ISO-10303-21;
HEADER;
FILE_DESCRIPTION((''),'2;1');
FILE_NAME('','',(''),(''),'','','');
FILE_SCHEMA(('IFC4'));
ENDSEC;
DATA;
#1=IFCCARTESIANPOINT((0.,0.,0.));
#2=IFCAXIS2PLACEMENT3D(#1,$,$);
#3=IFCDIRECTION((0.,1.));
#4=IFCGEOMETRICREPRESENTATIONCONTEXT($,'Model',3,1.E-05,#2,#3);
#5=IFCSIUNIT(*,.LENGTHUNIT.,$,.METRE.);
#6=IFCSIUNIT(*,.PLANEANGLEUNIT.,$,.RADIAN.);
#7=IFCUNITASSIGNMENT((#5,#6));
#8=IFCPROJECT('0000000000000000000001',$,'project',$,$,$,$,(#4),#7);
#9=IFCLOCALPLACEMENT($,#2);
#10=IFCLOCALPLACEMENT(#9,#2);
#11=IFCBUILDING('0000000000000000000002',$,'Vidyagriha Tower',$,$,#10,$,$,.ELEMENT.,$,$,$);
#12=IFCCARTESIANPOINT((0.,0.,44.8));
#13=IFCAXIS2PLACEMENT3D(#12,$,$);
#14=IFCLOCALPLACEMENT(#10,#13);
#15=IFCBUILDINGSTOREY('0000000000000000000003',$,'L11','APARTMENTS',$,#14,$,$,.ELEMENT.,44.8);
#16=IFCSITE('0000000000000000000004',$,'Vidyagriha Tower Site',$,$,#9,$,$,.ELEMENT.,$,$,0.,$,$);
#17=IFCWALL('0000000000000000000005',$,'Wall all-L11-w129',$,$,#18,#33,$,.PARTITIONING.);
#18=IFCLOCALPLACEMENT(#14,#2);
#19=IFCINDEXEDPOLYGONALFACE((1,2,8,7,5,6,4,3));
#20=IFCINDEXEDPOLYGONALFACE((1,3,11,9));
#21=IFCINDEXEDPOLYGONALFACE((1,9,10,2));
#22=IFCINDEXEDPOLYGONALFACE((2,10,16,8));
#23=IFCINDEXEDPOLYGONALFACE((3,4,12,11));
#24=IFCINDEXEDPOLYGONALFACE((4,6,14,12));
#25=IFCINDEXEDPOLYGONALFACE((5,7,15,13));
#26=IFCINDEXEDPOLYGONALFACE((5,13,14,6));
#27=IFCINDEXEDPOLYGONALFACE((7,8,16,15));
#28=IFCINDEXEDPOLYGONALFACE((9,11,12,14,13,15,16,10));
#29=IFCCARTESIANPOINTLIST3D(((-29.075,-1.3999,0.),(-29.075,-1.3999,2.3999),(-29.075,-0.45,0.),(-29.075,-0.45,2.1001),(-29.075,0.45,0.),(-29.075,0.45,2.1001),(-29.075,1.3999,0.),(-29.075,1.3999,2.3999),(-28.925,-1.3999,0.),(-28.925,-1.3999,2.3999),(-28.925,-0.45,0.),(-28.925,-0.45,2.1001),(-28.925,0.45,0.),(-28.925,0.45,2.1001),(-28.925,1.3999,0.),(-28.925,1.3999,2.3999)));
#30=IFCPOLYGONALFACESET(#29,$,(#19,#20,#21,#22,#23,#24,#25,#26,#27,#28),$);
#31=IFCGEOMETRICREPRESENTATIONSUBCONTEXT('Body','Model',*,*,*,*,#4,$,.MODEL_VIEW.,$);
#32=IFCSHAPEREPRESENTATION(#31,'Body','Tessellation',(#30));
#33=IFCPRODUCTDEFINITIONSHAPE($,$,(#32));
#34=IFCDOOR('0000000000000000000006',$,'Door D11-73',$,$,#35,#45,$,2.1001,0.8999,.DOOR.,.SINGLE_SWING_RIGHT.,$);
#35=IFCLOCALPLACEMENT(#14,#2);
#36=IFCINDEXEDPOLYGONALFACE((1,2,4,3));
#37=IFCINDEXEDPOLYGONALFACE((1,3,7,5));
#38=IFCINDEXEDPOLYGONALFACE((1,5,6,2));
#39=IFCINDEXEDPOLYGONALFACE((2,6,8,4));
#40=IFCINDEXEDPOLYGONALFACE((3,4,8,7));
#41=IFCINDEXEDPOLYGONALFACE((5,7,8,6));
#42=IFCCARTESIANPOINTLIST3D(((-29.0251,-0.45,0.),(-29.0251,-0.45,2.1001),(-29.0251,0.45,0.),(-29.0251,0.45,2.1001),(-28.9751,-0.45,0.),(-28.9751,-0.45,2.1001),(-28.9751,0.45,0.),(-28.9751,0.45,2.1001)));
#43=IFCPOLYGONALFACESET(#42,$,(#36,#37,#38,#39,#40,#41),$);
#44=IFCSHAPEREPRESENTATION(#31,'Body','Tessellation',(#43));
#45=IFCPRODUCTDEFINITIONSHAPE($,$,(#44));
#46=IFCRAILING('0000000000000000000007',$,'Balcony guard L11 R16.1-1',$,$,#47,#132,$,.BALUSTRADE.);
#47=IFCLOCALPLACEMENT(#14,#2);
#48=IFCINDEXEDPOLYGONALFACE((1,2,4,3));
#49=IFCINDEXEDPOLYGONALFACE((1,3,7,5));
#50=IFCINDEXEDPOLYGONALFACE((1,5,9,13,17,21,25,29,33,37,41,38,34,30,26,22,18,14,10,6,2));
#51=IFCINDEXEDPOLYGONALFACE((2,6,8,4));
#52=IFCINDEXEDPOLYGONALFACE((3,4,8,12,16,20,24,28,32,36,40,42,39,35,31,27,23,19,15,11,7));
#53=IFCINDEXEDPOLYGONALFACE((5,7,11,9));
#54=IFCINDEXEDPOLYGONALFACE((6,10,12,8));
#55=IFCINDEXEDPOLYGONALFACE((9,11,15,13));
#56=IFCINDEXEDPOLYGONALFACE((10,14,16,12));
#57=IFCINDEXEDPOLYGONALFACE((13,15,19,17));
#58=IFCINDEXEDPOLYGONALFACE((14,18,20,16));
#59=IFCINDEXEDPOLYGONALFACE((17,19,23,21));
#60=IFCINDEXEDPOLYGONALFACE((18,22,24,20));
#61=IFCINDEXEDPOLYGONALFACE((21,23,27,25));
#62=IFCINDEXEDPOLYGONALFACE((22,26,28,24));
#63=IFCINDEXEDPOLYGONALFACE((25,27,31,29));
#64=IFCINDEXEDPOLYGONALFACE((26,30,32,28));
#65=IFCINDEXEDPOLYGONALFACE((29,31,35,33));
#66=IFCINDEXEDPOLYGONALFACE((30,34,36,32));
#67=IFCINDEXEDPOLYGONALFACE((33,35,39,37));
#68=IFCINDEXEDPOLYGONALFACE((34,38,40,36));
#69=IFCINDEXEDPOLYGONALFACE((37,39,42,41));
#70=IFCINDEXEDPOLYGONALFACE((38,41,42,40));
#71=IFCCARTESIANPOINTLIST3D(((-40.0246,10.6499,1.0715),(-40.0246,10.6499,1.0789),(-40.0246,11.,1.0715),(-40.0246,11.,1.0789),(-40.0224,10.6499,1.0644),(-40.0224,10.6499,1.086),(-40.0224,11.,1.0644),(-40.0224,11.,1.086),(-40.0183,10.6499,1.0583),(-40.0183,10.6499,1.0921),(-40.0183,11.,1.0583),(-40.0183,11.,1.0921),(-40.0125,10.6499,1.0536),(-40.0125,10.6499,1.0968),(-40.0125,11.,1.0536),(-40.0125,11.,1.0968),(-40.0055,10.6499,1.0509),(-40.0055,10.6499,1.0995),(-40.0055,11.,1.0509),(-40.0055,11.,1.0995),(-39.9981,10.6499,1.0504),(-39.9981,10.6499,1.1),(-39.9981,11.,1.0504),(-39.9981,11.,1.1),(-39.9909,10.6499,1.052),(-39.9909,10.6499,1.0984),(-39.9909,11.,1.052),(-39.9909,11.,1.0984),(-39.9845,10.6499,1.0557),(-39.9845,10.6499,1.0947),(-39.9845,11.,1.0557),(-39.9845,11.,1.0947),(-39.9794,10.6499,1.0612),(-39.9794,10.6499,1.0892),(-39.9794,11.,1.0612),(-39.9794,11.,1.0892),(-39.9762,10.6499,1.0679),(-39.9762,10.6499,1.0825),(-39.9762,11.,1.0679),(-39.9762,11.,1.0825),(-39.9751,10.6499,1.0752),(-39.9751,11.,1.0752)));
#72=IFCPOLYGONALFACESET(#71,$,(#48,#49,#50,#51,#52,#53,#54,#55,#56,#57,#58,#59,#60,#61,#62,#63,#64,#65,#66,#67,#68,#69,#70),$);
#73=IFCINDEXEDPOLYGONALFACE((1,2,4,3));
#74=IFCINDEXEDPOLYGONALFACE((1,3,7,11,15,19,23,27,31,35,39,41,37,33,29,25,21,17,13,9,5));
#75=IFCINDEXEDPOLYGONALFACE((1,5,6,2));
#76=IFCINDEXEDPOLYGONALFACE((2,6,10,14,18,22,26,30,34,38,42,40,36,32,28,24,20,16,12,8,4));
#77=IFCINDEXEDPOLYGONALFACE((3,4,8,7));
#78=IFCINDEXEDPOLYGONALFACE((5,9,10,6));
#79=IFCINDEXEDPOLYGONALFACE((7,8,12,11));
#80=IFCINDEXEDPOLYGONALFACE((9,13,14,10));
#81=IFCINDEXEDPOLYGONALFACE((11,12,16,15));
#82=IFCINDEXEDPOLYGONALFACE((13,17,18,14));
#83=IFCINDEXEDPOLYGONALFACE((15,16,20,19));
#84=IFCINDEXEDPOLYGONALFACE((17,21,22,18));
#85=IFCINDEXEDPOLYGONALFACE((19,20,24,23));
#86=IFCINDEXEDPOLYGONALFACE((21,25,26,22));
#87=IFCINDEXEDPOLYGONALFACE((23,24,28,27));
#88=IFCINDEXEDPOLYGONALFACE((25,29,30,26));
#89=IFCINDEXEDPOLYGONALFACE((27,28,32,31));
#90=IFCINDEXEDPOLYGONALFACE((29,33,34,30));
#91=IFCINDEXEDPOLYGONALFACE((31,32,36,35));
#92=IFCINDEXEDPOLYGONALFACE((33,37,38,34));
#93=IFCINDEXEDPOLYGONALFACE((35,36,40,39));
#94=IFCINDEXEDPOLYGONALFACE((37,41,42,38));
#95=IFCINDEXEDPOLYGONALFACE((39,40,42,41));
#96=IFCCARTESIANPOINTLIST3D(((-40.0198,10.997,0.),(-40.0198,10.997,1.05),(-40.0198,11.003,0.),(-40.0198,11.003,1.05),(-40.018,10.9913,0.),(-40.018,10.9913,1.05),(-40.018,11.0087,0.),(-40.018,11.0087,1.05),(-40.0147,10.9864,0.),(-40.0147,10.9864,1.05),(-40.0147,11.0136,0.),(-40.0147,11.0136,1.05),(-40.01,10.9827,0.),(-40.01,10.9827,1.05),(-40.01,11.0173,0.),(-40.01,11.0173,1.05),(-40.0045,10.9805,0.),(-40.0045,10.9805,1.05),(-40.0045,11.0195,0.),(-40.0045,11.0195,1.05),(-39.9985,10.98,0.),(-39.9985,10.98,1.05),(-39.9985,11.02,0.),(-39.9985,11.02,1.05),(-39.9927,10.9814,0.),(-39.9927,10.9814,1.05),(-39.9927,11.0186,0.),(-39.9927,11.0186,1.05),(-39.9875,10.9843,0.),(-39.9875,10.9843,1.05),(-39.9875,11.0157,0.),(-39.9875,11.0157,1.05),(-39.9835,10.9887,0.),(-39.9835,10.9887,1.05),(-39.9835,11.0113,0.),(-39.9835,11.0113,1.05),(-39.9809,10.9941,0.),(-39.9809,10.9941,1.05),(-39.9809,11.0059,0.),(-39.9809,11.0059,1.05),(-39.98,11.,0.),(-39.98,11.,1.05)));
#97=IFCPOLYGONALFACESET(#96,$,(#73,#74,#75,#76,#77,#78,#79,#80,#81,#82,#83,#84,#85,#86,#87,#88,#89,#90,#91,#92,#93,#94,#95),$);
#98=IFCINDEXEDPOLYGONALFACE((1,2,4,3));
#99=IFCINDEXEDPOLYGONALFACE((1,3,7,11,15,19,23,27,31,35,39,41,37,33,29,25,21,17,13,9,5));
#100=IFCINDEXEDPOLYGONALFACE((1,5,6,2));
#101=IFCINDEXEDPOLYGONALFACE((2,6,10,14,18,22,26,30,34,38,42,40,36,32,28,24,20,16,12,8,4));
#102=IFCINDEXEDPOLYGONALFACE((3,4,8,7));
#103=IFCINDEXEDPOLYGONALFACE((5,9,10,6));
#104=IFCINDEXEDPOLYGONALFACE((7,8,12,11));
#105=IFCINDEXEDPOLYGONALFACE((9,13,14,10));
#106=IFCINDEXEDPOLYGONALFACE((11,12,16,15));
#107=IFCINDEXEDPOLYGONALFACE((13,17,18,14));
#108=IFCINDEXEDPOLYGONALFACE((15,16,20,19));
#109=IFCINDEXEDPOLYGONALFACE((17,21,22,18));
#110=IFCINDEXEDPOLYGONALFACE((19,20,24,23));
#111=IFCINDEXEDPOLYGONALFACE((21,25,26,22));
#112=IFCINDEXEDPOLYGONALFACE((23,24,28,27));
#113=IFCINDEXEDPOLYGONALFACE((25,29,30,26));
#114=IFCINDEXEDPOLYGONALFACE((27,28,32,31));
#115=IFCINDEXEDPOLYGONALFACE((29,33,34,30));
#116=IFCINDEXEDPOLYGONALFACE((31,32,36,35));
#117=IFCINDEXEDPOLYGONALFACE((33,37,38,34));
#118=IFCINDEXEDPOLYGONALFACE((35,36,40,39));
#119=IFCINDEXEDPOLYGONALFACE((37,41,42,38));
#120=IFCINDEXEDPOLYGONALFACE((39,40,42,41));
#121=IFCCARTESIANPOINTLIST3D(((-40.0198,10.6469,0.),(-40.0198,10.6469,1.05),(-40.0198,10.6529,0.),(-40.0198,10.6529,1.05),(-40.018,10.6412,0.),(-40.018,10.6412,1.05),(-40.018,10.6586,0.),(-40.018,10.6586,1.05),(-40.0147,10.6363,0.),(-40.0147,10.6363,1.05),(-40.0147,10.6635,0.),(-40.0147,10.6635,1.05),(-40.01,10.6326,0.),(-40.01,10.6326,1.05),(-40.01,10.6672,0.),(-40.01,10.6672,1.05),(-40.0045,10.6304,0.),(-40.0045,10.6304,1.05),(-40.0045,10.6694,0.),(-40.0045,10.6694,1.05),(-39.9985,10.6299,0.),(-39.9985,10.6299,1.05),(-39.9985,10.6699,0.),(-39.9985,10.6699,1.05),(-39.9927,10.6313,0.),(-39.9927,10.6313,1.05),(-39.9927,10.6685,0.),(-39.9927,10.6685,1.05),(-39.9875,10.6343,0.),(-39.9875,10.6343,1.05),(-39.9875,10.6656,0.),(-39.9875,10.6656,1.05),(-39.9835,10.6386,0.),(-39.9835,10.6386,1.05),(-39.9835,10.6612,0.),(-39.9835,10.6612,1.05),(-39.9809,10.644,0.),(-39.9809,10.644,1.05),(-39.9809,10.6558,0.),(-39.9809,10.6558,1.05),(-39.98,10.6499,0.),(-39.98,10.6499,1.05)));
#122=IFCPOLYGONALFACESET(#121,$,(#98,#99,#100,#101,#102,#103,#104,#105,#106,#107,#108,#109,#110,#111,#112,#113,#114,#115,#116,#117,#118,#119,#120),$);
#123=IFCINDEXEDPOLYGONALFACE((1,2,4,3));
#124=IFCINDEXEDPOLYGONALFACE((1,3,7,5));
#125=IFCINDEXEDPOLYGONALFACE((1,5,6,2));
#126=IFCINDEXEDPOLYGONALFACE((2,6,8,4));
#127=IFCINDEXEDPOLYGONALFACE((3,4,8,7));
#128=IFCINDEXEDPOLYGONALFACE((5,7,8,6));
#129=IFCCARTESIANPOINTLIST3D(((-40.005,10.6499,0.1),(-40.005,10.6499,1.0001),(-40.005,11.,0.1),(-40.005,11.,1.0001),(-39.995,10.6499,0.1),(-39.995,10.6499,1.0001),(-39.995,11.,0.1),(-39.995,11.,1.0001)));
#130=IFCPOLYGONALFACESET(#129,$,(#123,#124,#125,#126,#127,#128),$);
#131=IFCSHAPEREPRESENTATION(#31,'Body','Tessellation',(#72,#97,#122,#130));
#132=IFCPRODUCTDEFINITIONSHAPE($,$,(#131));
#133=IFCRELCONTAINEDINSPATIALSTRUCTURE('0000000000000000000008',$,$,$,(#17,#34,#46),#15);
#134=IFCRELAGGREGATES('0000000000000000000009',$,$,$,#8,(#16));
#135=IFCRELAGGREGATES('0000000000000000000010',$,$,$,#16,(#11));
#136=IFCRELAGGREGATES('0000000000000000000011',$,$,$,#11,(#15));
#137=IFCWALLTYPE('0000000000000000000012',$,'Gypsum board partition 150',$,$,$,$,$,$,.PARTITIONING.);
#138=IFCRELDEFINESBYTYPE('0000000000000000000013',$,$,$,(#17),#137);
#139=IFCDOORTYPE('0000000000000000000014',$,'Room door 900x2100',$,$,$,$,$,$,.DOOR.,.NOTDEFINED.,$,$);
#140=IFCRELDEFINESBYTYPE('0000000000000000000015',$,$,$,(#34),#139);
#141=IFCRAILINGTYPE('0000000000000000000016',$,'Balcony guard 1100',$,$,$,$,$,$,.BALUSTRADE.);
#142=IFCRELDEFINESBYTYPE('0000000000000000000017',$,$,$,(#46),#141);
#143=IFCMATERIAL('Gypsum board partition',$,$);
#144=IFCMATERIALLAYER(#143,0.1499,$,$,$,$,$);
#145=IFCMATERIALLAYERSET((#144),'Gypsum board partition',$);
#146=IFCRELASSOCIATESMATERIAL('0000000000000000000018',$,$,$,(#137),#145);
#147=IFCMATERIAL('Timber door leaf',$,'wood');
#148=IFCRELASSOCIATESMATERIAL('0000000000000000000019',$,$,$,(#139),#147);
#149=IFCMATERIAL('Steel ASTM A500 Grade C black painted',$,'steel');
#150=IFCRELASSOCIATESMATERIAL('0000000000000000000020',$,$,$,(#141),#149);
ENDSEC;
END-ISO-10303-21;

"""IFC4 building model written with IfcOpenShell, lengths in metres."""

from ifc_helpers import new_model, si_unit, direction, frame, frame_2d, origin, origin_2d, place, context, subcontext, project, spatial, rectangle, circle, extrude, material, layer, layer_set, type_object, element, fill, save


model = new_model("IFC4")

# Units and contexts
model_context = context("Model", 3, precision=1e-05, world=origin(), true_north=direction((0.0, 1.0)))
body_context = subcontext(model_context, "Body", "Model", "MODEL_VIEW")
ifc_project = project(units=[si_unit("LENGTHUNIT", "METRE"), si_unit("PLANEANGLEUNIT", "RADIAN")], contexts=[model_context])

# Site, building, storey
site_placement = place(None, origin())
site = spatial("IfcSite", under=ifc_project, at=site_placement, Name="Vidyagriha Tower Site", CompositionType="ELEMENT", RefElevation=0.0)
building_placement = place(site_placement, origin())
building = spatial("IfcBuilding", under=site, at=building_placement, Name="Vidyagriha Tower", CompositionType="ELEMENT")
storey_placement = place(building_placement, frame((0.0, 0.0, 44.8)))
storey = spatial("IfcBuildingStorey", under=building, at=storey_placement, Name="L11", Description="APARTMENTS", CompositionType="ELEMENT", Elevation=44.8)

# Shared definitions
ifc_material_1 = material(Name="Gypsum board partition")
ifc_layer_1 = layer(ifc_material_1, 0.1499)
ifc_layer_set_1 = layer_set([ifc_layer_1], Name="Gypsum board partition")
wall_type_1 = type_object("IfcWallType", Name="Gypsum board partition 150", PredefinedType="PARTITIONING", material=ifc_layer_set_1)

# Shared definitions
ifc_material_2 = material(Name="Timber door leaf", Category="wood")
door_type_1 = type_object("IfcDoorType", Name="Room door 900x2100", OperationType="NOTDEFINED", PredefinedType="DOOR", material=ifc_material_2)

# Wall, opening, door
wall_1_placement = place(storey_placement, frame((-29.0, 1.3999, 0.0), z_axis=(0.0, 0.0, 1.0), x_axis=(0.0, -1.0, 0.0)))
wall_1 = element("IfcWall", 1, at=wall_1_placement, inside=storey, type_object=wall_type_1, Name="Wall all-L11-w129", PredefinedType="PARTITIONING", context=body_context, shape_type="SweptSolid", body=[
    extrude(rectangle(XDim=2.7998, YDim=0.1499, at=frame_2d((1.3999, 0.0))), origin(), (0.0, 0.0, 1.0), 2.3999),
])
opening_1_placement = place(wall_1_placement, frame((0.95, 0.0, 0.0)))
opening_1 = element("IfcOpeningElement", 2, at=opening_1_placement, cuts=wall_1, PredefinedType="OPENING", context=body_context, shape_type="SweptSolid", body=[
    extrude(rectangle(XDim=0.8999, YDim=2.1001, at=frame_2d((0.45, 1.05))), frame((0.0, 0.085, 0.0), z_axis=(0.0, -1.0, 0.0), x_axis=(1.0, 0.0, 0.0)), (0.0, 0.0, 1.0), 0.1699),
])
door_1_placement = place(opening_1_placement, origin())
door_1 = element("IfcDoor", 3, at=door_1_placement, inside=storey, type_object=door_type_1, Name="Door D11-73", OperationType="SINGLE_SWING_RIGHT", OverallHeight=2.1001, OverallWidth=0.8999, PredefinedType="DOOR", context=body_context, shape_type="SweptSolid", body=[
    extrude(rectangle(XDim=0.8999, YDim=2.1001, at=frame_2d((0.45, 1.05))), frame((0.0, 0.0249, 0.0), z_axis=(0.0, -1.0, 0.0), x_axis=(1.0, 0.0, 0.0)), (0.0, 0.0, 1.0), 0.05),
])
fill(opening_1, door_1)

# Railing
ifc_material_3 = material(Name="Steel ASTM A500 Grade C black painted", Category="steel")
railing_type_1 = type_object("IfcRailingType", Name="Balcony guard 1100", PredefinedType="BALUSTRADE", material=ifc_material_3)
railing_1_placement = place(storey_placement, frame((-40.0, 11.0, 0.0)))
element("IfcRailing", 4, at=railing_1_placement, inside=storey, type_object=railing_type_1, Name="Balcony guard L11 R16.1-1", PredefinedType="BALUSTRADE", context=body_context, shape_type="SweptSolid", body=[
    extrude(circle(Radius=0.0249, at=origin_2d()), frame((0.0, 0.0, 1.0752), z_axis=(0.0, -1.0, 0.0), x_axis=(1.0, 0.0, 0.0)), (0.0, 0.0, 1.0), 0.3501),
    extrude(circle(Radius=0.02, at=origin_2d()), origin(), (0.0, 0.0, 1.0), 1.05),
    extrude(circle(Radius=0.02, at=origin_2d()), frame((0.0, -0.3501, 0.0)), (0.0, 0.0, 1.0), 1.05),
    extrude(rectangle(XDim=0.01, YDim=0.9001, at=origin_2d()), frame((0.0, 0.0, 0.55), z_axis=(0.0, -1.0, 0.0), x_axis=(1.0, 0.0, 0.0)), (0.0, 0.0, 1.0), 0.3501),
])

save(model, "model.ifc")
